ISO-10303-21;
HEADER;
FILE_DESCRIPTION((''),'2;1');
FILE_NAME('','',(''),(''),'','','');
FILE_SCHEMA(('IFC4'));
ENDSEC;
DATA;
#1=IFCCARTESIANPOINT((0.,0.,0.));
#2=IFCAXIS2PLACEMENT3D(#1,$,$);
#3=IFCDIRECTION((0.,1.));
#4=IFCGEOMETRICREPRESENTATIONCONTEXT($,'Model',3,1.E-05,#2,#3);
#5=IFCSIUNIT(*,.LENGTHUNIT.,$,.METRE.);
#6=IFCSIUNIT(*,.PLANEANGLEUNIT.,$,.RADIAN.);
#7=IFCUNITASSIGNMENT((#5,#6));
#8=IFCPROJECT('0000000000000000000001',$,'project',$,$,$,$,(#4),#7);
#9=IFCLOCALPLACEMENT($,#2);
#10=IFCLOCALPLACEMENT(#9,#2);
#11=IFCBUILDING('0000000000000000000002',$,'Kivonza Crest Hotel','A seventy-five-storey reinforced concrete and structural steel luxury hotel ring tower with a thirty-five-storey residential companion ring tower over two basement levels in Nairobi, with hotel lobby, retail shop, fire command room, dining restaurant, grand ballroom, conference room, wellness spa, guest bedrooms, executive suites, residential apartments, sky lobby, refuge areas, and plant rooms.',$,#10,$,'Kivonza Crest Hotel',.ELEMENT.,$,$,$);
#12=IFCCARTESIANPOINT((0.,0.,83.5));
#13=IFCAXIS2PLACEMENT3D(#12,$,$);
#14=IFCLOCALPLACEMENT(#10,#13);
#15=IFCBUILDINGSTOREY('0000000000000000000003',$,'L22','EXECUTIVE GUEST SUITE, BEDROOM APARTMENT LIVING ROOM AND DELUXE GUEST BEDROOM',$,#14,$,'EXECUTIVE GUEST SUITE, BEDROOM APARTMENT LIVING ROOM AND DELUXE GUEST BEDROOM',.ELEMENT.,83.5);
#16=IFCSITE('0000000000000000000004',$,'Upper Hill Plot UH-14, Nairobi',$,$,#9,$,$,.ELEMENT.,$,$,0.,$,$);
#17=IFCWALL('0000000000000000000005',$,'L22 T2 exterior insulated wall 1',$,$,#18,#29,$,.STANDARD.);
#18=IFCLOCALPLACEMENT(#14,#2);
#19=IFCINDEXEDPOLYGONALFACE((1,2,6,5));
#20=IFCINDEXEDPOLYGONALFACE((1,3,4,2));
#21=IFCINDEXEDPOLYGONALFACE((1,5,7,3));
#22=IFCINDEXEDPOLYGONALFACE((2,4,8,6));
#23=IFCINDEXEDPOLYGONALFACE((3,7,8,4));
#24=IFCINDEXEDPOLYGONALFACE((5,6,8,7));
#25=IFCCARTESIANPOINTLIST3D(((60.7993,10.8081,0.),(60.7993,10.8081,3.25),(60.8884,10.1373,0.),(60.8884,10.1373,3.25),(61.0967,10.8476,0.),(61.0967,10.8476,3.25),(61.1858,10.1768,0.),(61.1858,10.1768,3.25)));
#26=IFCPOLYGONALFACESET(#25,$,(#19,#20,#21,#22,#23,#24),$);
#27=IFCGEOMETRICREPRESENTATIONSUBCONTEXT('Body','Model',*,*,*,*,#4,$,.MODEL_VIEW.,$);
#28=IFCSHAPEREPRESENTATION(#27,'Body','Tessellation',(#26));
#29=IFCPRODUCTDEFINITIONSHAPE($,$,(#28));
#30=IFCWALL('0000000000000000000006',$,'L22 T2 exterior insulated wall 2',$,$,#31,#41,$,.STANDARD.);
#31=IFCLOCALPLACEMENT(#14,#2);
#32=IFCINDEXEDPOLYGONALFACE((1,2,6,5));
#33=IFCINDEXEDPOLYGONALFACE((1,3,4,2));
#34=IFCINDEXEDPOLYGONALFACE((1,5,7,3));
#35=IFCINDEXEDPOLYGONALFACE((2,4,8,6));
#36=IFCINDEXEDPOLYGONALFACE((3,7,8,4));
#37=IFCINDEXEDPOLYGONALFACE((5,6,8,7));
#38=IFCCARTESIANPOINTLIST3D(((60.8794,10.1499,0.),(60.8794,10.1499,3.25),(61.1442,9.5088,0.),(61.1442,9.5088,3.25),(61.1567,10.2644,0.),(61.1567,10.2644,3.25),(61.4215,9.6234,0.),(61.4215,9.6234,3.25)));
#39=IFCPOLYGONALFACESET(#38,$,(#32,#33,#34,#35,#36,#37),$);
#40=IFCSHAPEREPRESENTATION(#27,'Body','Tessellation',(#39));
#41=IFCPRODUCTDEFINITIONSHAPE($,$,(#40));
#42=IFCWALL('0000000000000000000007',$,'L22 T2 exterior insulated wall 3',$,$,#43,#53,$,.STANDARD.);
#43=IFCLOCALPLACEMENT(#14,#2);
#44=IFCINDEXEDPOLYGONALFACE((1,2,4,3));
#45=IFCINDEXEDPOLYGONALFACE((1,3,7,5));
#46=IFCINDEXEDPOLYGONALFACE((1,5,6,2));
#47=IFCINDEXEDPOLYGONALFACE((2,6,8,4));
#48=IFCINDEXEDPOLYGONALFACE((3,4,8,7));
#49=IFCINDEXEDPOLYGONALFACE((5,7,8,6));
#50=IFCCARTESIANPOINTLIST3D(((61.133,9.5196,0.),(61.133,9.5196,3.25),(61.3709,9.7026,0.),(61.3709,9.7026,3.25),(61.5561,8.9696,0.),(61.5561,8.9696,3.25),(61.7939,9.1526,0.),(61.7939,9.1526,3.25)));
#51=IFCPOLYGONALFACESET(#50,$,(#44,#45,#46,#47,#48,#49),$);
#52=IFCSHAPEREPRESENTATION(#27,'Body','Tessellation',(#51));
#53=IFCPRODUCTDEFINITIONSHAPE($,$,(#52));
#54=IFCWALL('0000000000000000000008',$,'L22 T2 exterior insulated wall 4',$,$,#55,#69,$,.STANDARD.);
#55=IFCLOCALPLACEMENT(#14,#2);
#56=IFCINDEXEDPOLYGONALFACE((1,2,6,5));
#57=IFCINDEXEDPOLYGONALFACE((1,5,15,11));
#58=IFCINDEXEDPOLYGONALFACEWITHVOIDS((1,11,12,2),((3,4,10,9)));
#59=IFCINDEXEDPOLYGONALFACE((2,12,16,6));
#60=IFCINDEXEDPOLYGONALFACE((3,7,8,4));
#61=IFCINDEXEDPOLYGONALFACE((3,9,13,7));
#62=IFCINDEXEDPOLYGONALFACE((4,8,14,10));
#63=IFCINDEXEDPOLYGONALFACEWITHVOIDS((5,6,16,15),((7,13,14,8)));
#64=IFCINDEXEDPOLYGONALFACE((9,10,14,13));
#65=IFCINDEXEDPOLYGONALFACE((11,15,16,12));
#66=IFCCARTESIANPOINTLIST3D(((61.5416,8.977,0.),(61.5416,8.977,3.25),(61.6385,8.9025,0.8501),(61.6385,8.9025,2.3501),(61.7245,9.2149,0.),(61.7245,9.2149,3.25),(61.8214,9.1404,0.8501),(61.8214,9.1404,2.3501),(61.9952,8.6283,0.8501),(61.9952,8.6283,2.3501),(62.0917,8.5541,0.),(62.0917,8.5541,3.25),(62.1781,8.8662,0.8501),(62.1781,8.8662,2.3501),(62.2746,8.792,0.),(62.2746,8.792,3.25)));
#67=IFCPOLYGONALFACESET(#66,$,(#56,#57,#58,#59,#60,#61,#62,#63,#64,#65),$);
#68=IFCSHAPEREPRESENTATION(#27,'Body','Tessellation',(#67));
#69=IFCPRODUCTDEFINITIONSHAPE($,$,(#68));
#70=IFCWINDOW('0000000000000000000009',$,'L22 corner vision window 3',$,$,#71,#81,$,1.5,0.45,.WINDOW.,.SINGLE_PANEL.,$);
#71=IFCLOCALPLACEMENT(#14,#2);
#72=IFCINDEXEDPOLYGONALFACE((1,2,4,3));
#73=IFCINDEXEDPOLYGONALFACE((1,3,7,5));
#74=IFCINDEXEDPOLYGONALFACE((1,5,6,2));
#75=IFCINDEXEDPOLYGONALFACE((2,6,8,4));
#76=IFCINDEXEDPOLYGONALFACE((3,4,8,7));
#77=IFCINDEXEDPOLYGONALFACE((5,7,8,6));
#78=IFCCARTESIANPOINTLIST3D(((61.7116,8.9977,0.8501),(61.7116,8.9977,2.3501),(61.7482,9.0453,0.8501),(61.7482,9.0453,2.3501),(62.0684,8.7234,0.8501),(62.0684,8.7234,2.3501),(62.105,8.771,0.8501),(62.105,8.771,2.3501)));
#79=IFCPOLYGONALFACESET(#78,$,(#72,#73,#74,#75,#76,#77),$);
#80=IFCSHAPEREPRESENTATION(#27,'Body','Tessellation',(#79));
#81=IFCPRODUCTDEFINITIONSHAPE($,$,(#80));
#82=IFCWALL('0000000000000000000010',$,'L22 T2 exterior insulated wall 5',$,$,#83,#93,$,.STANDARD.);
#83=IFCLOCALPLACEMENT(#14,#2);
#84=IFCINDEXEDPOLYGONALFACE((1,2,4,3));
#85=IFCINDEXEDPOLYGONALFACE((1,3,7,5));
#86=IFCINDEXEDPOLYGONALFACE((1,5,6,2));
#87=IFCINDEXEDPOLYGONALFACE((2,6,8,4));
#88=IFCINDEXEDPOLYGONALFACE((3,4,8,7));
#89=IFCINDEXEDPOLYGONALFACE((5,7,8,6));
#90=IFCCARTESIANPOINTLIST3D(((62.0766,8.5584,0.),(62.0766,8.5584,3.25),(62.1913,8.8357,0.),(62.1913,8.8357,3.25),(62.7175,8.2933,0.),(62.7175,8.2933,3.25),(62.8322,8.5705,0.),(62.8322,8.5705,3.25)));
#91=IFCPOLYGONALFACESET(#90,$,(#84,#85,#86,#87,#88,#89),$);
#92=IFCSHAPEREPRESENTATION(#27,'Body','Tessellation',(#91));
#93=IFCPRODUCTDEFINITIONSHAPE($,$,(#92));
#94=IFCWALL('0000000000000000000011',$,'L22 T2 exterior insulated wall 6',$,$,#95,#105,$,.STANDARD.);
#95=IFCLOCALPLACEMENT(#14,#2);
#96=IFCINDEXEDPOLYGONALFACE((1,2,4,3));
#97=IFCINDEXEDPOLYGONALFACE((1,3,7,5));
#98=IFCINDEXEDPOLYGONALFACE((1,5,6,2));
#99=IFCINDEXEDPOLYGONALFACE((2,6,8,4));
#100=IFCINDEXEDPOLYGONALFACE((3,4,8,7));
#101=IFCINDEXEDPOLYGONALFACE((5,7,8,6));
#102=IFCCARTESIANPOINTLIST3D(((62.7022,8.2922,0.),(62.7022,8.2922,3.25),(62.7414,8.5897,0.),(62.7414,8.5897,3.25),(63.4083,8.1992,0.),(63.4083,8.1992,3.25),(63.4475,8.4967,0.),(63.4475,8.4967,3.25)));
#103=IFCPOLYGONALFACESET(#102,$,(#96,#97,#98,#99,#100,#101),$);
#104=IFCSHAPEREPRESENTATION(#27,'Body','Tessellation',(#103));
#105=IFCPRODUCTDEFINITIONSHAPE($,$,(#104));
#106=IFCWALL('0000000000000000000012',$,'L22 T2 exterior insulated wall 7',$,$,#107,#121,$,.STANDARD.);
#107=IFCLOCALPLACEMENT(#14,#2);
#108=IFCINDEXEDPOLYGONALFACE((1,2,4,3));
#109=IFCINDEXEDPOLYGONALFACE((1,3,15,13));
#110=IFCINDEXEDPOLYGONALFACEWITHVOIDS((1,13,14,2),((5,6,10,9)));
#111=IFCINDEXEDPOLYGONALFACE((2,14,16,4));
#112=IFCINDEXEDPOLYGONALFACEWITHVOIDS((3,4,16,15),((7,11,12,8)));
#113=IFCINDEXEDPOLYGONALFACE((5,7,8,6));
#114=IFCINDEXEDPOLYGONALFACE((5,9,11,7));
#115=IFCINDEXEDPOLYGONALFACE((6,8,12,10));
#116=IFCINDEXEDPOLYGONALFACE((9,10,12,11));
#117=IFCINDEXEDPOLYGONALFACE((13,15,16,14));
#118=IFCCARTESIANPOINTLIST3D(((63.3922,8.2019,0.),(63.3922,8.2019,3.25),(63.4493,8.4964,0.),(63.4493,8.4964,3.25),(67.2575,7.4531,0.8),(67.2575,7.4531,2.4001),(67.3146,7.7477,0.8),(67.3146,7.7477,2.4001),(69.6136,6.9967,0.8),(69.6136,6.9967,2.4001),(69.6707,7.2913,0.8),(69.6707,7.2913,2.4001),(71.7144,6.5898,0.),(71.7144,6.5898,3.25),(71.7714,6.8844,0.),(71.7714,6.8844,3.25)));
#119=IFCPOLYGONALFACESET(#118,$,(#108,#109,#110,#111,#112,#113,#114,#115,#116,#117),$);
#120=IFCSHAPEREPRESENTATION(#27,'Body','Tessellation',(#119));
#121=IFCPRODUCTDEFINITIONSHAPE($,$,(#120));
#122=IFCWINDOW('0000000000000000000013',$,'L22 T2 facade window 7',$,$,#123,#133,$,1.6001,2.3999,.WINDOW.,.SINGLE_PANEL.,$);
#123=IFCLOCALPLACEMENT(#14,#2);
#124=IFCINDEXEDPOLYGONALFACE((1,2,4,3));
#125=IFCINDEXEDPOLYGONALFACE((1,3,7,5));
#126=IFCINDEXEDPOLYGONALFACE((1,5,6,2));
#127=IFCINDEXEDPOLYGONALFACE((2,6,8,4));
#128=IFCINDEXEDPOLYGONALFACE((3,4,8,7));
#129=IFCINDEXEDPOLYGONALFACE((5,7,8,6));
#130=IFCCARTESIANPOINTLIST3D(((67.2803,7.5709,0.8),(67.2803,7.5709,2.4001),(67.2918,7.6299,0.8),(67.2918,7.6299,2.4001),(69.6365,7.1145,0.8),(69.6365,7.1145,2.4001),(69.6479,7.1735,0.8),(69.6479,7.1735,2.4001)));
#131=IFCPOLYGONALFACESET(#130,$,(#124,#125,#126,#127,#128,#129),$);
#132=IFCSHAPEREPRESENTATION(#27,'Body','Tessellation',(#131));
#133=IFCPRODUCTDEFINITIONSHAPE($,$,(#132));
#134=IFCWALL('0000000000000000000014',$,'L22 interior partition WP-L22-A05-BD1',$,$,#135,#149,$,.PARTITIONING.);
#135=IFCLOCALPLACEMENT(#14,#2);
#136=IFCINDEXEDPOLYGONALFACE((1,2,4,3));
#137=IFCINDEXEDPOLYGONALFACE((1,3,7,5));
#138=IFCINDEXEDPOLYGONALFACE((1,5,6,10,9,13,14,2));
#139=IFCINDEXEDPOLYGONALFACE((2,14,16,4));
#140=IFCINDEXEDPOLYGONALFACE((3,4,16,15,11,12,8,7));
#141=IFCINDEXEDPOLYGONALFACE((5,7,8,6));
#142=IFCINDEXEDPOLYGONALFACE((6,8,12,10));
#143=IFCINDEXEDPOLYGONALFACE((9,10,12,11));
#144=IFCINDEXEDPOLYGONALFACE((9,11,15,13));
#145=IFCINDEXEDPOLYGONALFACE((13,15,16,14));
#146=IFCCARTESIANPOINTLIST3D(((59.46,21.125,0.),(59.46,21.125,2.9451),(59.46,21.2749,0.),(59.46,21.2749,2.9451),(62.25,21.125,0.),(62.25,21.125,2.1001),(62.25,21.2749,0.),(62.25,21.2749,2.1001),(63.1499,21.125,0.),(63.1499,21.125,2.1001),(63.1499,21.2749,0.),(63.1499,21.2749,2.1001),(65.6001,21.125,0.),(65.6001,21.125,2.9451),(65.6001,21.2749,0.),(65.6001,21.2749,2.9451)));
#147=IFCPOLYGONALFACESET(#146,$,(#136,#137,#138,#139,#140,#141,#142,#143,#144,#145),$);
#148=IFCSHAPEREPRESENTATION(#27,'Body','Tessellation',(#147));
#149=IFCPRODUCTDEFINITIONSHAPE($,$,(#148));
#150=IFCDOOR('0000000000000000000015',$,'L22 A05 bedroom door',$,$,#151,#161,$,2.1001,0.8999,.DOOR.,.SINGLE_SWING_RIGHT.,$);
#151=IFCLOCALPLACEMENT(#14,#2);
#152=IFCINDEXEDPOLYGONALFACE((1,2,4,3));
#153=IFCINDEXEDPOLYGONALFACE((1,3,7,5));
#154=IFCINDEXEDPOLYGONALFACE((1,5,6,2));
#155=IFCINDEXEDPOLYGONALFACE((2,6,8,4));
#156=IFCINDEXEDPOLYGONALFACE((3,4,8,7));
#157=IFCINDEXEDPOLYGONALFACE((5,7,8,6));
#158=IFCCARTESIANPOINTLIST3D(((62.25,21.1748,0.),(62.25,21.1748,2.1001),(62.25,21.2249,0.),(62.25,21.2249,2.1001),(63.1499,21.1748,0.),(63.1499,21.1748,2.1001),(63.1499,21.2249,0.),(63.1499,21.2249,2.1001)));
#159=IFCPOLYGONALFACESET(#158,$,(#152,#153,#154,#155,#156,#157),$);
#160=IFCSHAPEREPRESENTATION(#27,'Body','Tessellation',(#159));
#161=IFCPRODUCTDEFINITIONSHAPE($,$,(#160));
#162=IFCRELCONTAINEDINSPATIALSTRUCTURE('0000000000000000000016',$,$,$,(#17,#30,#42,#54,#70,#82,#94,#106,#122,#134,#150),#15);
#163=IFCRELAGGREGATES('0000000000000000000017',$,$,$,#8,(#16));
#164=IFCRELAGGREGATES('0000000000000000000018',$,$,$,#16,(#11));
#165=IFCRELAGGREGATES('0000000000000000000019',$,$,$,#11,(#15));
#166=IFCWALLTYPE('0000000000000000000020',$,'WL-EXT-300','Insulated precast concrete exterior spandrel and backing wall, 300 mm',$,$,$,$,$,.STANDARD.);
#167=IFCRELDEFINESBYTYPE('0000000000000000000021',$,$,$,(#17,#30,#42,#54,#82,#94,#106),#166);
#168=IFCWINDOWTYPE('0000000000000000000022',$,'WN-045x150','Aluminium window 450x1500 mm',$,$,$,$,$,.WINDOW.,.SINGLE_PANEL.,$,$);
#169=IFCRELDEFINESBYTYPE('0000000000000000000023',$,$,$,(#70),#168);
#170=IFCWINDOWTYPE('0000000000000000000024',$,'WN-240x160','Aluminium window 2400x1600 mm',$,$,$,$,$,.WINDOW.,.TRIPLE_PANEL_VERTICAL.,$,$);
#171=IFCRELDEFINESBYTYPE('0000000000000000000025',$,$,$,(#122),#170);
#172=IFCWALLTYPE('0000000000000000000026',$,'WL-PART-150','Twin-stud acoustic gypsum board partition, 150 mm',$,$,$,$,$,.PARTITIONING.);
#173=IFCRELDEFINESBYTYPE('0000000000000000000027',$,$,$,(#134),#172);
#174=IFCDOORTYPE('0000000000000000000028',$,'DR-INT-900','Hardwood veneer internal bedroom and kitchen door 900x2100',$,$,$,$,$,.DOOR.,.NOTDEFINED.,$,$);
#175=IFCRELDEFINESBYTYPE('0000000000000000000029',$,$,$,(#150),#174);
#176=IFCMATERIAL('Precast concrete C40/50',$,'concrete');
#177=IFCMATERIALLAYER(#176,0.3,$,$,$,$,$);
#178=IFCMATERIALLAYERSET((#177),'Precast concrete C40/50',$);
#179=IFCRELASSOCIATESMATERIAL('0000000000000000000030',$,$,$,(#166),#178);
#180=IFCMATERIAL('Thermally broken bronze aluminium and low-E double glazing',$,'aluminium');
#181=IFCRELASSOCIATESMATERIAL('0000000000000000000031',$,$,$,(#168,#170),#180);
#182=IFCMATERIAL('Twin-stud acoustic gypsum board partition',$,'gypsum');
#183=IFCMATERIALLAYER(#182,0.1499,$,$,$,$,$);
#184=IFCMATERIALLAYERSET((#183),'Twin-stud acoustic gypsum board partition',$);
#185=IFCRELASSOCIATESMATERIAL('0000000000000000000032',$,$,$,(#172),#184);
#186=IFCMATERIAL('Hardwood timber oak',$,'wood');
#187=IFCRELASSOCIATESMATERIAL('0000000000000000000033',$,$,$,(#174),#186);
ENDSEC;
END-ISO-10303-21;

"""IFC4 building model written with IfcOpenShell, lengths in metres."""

from ifc_helpers import new_model, si_unit, direction, frame, frame_2d, origin, place, context, subcontext, project, spatial, rectangle, extrude, material, layer, layer_set, type_object, element, fill, save


model = new_model("IFC4")

# Units and contexts
model_context = context("Model", 3, precision=1e-05, world=origin(), true_north=direction((0.0, 1.0)))
body_context = subcontext(model_context, "Body", "Model", "MODEL_VIEW")
ifc_project = project(units=[si_unit("LENGTHUNIT", "METRE"), si_unit("PLANEANGLEUNIT", "RADIAN")], contexts=[model_context])

# Site, building, storey
site_placement = place(None, origin())
site = spatial("IfcSite", under=ifc_project, at=site_placement, Name="Upper Hill Plot UH-14, Nairobi", CompositionType="ELEMENT", RefElevation=0.0)
building_placement = place(site_placement, origin())
building = spatial("IfcBuilding", under=site, at=building_placement, Name="Kivonza Crest Hotel", Description="A seventy-five-storey reinforced concrete and structural steel luxury hotel ring tower with a thirty-five-storey residential companion ring tower over two basement levels in Nairobi, with hotel lobby, retail shop, fire command room, dining restaurant, grand ballroom, conference room, wellness spa, guest bedrooms, executive suites, residential apartments, sky lobby, refuge areas, and plant rooms.", LongName="Kivonza Crest Hotel", CompositionType="ELEMENT")
storey_placement = place(building_placement, frame((0.0, 0.0, 83.5)))
storey = spatial("IfcBuildingStorey", under=building, at=storey_placement, Name="L22", Description="EXECUTIVE GUEST SUITE, BEDROOM APARTMENT LIVING ROOM AND DELUXE GUEST BEDROOM", LongName="EXECUTIVE GUEST SUITE, BEDROOM APARTMENT LIVING ROOM AND DELUXE GUEST BEDROOM", CompositionType="ELEMENT", Elevation=83.5)

# Walls
ifc_material_1 = material(Name="Precast concrete C40/50", Category="concrete")
ifc_layer_1 = layer(ifc_material_1, 0.3)
ifc_layer_set_1 = layer_set([ifc_layer_1], Name="Precast concrete C40/50")
wall_type_1 = type_object("IfcWallType", Name="WL-EXT-300", Description="Insulated precast concrete exterior spandrel and backing wall, 300 mm", PredefinedType="STANDARD", material=ifc_layer_set_1)
wall_1_placement = place(storey_placement, frame((60.948, 10.8279, 0.0), z_axis=(0.0, 0.0, 1.0), x_axis=(0.131667, -0.991294, 0.0)))
element("IfcWall", 1, at=wall_1_placement, inside=storey, type_object=wall_type_1, Name="L22 T2 exterior insulated wall 1", PredefinedType="STANDARD", context=body_context, shape_type="SweptSolid", body=[
    extrude(rectangle(XDim=0.6768, YDim=0.3, at=frame_2d((0.3384, 0.0))), origin(), (0.0, 0.0, 1.0), 3.25),
])
wall_2_placement = place(storey_placement, frame((61.0181, 10.207, 0.0), z_axis=(0.0, 0.0, 1.0), x_axis=(0.381865, -0.924218, 0.0)))
element("IfcWall", 2, at=wall_2_placement, inside=storey, type_object=wall_type_1, Name="L22 T2 exterior insulated wall 2", PredefinedType="STANDARD", context=body_context, shape_type="SweptSolid", body=[
    extrude(rectangle(XDim=0.6936, YDim=0.3, at=frame_2d((0.3467, 0.0))), origin(), (0.0, 0.0, 1.0), 3.25),
])
wall_3_placement = place(storey_placement, frame((61.252, 9.6111, 0.0), z_axis=(0.0, 0.0, 1.0), x_axis=(0.609694, -0.792637, 0.0)))
element("IfcWall", 3, at=wall_3_placement, inside=storey, type_object=wall_type_1, Name="L22 T2 exterior insulated wall 3", PredefinedType="STANDARD", context=body_context, shape_type="SweptSolid", body=[
    extrude(rectangle(XDim=0.6938, YDim=0.3, at=frame_2d((0.3469, 0.0))), origin(), (0.0, 0.0, 1.0), 3.25),
])

# Wall, opening, window
wall_4_placement = place(storey_placement, frame((61.6331, 9.0959, 0.0), z_axis=(0.0, 0.0, 1.0), x_axis=(0.792807, -0.609473, 0.0)))
wall_4 = element("IfcWall", 4, at=wall_4_placement, inside=storey, type_object=wall_type_1, Name="L22 T2 exterior insulated wall 4", PredefinedType="STANDARD", context=body_context, shape_type="SweptSolid", body=[
    extrude(rectangle(XDim=0.6938, YDim=0.3, at=frame_2d((0.3469, 0.0))), origin(), (0.0, 0.0, 1.0), 3.25),
])
opening_1_placement = place(wall_4_placement, frame((0.1221, 0.0, 0.8501)))
opening_1 = element("IfcOpeningElement", 5, at=opening_1_placement, cuts=wall_4, PredefinedType="OPENING", context=body_context, shape_type="SweptSolid", body=[
    extrude(rectangle(XDim=0.45, YDim=1.5, at=frame_2d((0.2251, 0.75))), frame((0.0, 0.1602, 0.0), z_axis=(0.0, -1.0, 0.0), x_axis=(1.0, 0.0, 0.0)), (0.0, 0.0, 1.0), 0.3201),
])
ifc_material_2 = material(Name="Thermally broken bronze aluminium and low-E double glazing", Category="aluminium")
window_type_1 = type_object("IfcWindowType", Name="WN-045x150", Description="Aluminium window 450x1500 mm", PartitioningType="SINGLE_PANEL", PredefinedType="WINDOW", material=ifc_material_2)
window_1_placement = place(opening_1_placement, origin())
window_1 = element("IfcWindow", 6, at=window_1_placement, inside=storey, type_object=window_type_1, Name="L22 corner vision window 3", OverallHeight=1.5, OverallWidth=0.45, PartitioningType="SINGLE_PANEL", PredefinedType="WINDOW", context=body_context, shape_type="SweptSolid", body=[
    extrude(rectangle(XDim=0.45, YDim=1.5, at=frame_2d((0.2251, 0.75))), frame((0.0, 0.03, 0.0), z_axis=(0.0, -1.0, 0.0), x_axis=(1.0, 0.0, 0.0)), (0.0, 0.0, 1.0), 0.0601),
])
fill(opening_1, window_1)

# Walls
wall_5_placement = place(storey_placement, frame((62.134, 8.697, 0.0), z_axis=(0.0, 0.0, 1.0), x_axis=(0.924043, -0.38229, 0.0)))
element("IfcWall", 7, at=wall_5_placement, inside=storey, type_object=wall_type_1, Name="L22 T2 exterior insulated wall 5", PredefinedType="STANDARD", context=body_context, shape_type="SweptSolid", body=[
    extrude(rectangle(XDim=0.6936, YDim=0.3, at=frame_2d((0.3467, 0.0))), origin(), (0.0, 0.0, 1.0), 3.25),
])
wall_6_placement = place(storey_placement, frame((62.7219, 8.4409, 0.0), z_axis=(0.0, 0.0, 1.0), x_axis=(0.991433, -0.130614, 0.0)))
element("IfcWall", 8, at=wall_6_placement, inside=storey, type_object=wall_type_1, Name="L22 T2 exterior insulated wall 6", PredefinedType="STANDARD", context=body_context, shape_type="SweptSolid", body=[
    extrude(rectangle(XDim=0.7122, YDim=0.3, at=frame_2d((0.356, 0.0))), origin(), (0.0, 0.0, 1.0), 3.25),
])

# Wall, opening, window
wall_7_placement = place(storey_placement, frame((63.4209, 8.3491, 0.0), z_axis=(0.0, 0.0, 1.0), x_axis=(0.98175, -0.190175, 0.0)))
wall_7 = element("IfcWall", 9, at=wall_7_placement, inside=storey, type_object=wall_type_1, Name="L22 T2 exterior insulated wall 7", PredefinedType="STANDARD", context=body_context, shape_type="SweptSolid", body=[
    extrude(rectangle(XDim=8.4768, YDim=0.3, at=frame_2d((4.2383, 0.0))), origin(), (0.0, 0.0, 1.0), 3.25),
])
opening_2_placement = place(wall_7_placement, frame((3.937, 0.0, 0.8)))
opening_2 = element("IfcOpeningElement", 10, at=opening_2_placement, cuts=wall_7, PredefinedType="OPENING", context=body_context, shape_type="SweptSolid", body=[
    extrude(rectangle(XDim=2.3999, YDim=1.6001, at=frame_2d((1.2, 0.8))), frame((0.0, 0.1602, 0.0), z_axis=(0.0, -1.0, 0.0), x_axis=(1.0, 0.0, 0.0)), (0.0, 0.0, 1.0), 0.3201),
])
window_type_2 = type_object("IfcWindowType", Name="WN-240x160", Description="Aluminium window 2400x1600 mm", PartitioningType="TRIPLE_PANEL_VERTICAL", PredefinedType="WINDOW", material=ifc_material_2)
window_2_placement = place(opening_2_placement, origin())
window_2 = element("IfcWindow", 11, at=window_2_placement, inside=storey, type_object=window_type_2, Name="L22 T2 facade window 7", OverallHeight=1.6001, OverallWidth=2.3999, PartitioningType="SINGLE_PANEL", PredefinedType="WINDOW", context=body_context, shape_type="SweptSolid", body=[
    extrude(rectangle(XDim=2.3999, YDim=1.6001, at=frame_2d((1.2, 0.8))), frame((0.0, 0.03, 0.0), z_axis=(0.0, -1.0, 0.0), x_axis=(1.0, 0.0, 0.0)), (0.0, 0.0, 1.0), 0.0601),
])
fill(opening_2, window_2)

# Wall, opening, door
ifc_material_3 = material(Name="Twin-stud acoustic gypsum board partition", Category="gypsum")
ifc_layer_2 = layer(ifc_material_3, 0.1499)
ifc_layer_set_2 = layer_set([ifc_layer_2], Name="Twin-stud acoustic gypsum board partition")
wall_type_2 = type_object("IfcWallType", Name="WL-PART-150", Description="Twin-stud acoustic gypsum board partition, 150 mm", PredefinedType="PARTITIONING", material=ifc_layer_set_2)
wall_8_placement = place(storey_placement, frame((59.46, 21.2, 0.0), z_axis=(0.0, 0.0, 1.0), x_axis=(1.0, 0.0, 0.0)))
wall_8 = element("IfcWall", 12, at=wall_8_placement, inside=storey, type_object=wall_type_2, Name="L22 interior partition WP-L22-A05-BD1", PredefinedType="PARTITIONING", context=body_context, shape_type="SweptSolid", body=[
    extrude(rectangle(XDim=6.1401, YDim=0.1499, at=frame_2d((3.0701, 0.0))), origin(), (0.0, 0.0, 1.0), 2.9451),
])
opening_3_placement = place(wall_8_placement, frame((2.79, 0.0, 0.0)))
opening_3 = element("IfcOpeningElement", 13, at=opening_3_placement, cuts=wall_8, PredefinedType="OPENING", context=body_context, shape_type="SweptSolid", body=[
    extrude(rectangle(XDim=0.8999, YDim=2.1001, at=frame_2d((0.45, 1.05))), frame((0.0, 0.085, 0.0), z_axis=(0.0, -1.0, 0.0), x_axis=(1.0, 0.0, 0.0)), (0.0, 0.0, 1.0), 0.1699),
])
ifc_material_4 = material(Name="Hardwood timber oak", Category="wood")
door_type_1 = type_object("IfcDoorType", Name="DR-INT-900", Description="Hardwood veneer internal bedroom and kitchen door 900x2100", OperationType="NOTDEFINED", PredefinedType="DOOR", material=ifc_material_4)
door_1_placement = place(opening_3_placement, origin())
door_1 = element("IfcDoor", 14, at=door_1_placement, inside=storey, type_object=door_type_1, Name="L22 A05 bedroom door", OperationType="SINGLE_SWING_RIGHT", OverallHeight=2.1001, OverallWidth=0.8999, PredefinedType="DOOR", context=body_context, shape_type="SweptSolid", body=[
    extrude(rectangle(XDim=0.8999, YDim=2.1001, at=frame_2d((0.45, 1.05))), frame((0.0, 0.0249, 0.0), z_axis=(0.0, -1.0, 0.0), x_axis=(1.0, 0.0, 0.0)), (0.0, 0.0, 1.0), 0.05),
])
fill(opening_3, door_1)

save(model, "model.ifc")
